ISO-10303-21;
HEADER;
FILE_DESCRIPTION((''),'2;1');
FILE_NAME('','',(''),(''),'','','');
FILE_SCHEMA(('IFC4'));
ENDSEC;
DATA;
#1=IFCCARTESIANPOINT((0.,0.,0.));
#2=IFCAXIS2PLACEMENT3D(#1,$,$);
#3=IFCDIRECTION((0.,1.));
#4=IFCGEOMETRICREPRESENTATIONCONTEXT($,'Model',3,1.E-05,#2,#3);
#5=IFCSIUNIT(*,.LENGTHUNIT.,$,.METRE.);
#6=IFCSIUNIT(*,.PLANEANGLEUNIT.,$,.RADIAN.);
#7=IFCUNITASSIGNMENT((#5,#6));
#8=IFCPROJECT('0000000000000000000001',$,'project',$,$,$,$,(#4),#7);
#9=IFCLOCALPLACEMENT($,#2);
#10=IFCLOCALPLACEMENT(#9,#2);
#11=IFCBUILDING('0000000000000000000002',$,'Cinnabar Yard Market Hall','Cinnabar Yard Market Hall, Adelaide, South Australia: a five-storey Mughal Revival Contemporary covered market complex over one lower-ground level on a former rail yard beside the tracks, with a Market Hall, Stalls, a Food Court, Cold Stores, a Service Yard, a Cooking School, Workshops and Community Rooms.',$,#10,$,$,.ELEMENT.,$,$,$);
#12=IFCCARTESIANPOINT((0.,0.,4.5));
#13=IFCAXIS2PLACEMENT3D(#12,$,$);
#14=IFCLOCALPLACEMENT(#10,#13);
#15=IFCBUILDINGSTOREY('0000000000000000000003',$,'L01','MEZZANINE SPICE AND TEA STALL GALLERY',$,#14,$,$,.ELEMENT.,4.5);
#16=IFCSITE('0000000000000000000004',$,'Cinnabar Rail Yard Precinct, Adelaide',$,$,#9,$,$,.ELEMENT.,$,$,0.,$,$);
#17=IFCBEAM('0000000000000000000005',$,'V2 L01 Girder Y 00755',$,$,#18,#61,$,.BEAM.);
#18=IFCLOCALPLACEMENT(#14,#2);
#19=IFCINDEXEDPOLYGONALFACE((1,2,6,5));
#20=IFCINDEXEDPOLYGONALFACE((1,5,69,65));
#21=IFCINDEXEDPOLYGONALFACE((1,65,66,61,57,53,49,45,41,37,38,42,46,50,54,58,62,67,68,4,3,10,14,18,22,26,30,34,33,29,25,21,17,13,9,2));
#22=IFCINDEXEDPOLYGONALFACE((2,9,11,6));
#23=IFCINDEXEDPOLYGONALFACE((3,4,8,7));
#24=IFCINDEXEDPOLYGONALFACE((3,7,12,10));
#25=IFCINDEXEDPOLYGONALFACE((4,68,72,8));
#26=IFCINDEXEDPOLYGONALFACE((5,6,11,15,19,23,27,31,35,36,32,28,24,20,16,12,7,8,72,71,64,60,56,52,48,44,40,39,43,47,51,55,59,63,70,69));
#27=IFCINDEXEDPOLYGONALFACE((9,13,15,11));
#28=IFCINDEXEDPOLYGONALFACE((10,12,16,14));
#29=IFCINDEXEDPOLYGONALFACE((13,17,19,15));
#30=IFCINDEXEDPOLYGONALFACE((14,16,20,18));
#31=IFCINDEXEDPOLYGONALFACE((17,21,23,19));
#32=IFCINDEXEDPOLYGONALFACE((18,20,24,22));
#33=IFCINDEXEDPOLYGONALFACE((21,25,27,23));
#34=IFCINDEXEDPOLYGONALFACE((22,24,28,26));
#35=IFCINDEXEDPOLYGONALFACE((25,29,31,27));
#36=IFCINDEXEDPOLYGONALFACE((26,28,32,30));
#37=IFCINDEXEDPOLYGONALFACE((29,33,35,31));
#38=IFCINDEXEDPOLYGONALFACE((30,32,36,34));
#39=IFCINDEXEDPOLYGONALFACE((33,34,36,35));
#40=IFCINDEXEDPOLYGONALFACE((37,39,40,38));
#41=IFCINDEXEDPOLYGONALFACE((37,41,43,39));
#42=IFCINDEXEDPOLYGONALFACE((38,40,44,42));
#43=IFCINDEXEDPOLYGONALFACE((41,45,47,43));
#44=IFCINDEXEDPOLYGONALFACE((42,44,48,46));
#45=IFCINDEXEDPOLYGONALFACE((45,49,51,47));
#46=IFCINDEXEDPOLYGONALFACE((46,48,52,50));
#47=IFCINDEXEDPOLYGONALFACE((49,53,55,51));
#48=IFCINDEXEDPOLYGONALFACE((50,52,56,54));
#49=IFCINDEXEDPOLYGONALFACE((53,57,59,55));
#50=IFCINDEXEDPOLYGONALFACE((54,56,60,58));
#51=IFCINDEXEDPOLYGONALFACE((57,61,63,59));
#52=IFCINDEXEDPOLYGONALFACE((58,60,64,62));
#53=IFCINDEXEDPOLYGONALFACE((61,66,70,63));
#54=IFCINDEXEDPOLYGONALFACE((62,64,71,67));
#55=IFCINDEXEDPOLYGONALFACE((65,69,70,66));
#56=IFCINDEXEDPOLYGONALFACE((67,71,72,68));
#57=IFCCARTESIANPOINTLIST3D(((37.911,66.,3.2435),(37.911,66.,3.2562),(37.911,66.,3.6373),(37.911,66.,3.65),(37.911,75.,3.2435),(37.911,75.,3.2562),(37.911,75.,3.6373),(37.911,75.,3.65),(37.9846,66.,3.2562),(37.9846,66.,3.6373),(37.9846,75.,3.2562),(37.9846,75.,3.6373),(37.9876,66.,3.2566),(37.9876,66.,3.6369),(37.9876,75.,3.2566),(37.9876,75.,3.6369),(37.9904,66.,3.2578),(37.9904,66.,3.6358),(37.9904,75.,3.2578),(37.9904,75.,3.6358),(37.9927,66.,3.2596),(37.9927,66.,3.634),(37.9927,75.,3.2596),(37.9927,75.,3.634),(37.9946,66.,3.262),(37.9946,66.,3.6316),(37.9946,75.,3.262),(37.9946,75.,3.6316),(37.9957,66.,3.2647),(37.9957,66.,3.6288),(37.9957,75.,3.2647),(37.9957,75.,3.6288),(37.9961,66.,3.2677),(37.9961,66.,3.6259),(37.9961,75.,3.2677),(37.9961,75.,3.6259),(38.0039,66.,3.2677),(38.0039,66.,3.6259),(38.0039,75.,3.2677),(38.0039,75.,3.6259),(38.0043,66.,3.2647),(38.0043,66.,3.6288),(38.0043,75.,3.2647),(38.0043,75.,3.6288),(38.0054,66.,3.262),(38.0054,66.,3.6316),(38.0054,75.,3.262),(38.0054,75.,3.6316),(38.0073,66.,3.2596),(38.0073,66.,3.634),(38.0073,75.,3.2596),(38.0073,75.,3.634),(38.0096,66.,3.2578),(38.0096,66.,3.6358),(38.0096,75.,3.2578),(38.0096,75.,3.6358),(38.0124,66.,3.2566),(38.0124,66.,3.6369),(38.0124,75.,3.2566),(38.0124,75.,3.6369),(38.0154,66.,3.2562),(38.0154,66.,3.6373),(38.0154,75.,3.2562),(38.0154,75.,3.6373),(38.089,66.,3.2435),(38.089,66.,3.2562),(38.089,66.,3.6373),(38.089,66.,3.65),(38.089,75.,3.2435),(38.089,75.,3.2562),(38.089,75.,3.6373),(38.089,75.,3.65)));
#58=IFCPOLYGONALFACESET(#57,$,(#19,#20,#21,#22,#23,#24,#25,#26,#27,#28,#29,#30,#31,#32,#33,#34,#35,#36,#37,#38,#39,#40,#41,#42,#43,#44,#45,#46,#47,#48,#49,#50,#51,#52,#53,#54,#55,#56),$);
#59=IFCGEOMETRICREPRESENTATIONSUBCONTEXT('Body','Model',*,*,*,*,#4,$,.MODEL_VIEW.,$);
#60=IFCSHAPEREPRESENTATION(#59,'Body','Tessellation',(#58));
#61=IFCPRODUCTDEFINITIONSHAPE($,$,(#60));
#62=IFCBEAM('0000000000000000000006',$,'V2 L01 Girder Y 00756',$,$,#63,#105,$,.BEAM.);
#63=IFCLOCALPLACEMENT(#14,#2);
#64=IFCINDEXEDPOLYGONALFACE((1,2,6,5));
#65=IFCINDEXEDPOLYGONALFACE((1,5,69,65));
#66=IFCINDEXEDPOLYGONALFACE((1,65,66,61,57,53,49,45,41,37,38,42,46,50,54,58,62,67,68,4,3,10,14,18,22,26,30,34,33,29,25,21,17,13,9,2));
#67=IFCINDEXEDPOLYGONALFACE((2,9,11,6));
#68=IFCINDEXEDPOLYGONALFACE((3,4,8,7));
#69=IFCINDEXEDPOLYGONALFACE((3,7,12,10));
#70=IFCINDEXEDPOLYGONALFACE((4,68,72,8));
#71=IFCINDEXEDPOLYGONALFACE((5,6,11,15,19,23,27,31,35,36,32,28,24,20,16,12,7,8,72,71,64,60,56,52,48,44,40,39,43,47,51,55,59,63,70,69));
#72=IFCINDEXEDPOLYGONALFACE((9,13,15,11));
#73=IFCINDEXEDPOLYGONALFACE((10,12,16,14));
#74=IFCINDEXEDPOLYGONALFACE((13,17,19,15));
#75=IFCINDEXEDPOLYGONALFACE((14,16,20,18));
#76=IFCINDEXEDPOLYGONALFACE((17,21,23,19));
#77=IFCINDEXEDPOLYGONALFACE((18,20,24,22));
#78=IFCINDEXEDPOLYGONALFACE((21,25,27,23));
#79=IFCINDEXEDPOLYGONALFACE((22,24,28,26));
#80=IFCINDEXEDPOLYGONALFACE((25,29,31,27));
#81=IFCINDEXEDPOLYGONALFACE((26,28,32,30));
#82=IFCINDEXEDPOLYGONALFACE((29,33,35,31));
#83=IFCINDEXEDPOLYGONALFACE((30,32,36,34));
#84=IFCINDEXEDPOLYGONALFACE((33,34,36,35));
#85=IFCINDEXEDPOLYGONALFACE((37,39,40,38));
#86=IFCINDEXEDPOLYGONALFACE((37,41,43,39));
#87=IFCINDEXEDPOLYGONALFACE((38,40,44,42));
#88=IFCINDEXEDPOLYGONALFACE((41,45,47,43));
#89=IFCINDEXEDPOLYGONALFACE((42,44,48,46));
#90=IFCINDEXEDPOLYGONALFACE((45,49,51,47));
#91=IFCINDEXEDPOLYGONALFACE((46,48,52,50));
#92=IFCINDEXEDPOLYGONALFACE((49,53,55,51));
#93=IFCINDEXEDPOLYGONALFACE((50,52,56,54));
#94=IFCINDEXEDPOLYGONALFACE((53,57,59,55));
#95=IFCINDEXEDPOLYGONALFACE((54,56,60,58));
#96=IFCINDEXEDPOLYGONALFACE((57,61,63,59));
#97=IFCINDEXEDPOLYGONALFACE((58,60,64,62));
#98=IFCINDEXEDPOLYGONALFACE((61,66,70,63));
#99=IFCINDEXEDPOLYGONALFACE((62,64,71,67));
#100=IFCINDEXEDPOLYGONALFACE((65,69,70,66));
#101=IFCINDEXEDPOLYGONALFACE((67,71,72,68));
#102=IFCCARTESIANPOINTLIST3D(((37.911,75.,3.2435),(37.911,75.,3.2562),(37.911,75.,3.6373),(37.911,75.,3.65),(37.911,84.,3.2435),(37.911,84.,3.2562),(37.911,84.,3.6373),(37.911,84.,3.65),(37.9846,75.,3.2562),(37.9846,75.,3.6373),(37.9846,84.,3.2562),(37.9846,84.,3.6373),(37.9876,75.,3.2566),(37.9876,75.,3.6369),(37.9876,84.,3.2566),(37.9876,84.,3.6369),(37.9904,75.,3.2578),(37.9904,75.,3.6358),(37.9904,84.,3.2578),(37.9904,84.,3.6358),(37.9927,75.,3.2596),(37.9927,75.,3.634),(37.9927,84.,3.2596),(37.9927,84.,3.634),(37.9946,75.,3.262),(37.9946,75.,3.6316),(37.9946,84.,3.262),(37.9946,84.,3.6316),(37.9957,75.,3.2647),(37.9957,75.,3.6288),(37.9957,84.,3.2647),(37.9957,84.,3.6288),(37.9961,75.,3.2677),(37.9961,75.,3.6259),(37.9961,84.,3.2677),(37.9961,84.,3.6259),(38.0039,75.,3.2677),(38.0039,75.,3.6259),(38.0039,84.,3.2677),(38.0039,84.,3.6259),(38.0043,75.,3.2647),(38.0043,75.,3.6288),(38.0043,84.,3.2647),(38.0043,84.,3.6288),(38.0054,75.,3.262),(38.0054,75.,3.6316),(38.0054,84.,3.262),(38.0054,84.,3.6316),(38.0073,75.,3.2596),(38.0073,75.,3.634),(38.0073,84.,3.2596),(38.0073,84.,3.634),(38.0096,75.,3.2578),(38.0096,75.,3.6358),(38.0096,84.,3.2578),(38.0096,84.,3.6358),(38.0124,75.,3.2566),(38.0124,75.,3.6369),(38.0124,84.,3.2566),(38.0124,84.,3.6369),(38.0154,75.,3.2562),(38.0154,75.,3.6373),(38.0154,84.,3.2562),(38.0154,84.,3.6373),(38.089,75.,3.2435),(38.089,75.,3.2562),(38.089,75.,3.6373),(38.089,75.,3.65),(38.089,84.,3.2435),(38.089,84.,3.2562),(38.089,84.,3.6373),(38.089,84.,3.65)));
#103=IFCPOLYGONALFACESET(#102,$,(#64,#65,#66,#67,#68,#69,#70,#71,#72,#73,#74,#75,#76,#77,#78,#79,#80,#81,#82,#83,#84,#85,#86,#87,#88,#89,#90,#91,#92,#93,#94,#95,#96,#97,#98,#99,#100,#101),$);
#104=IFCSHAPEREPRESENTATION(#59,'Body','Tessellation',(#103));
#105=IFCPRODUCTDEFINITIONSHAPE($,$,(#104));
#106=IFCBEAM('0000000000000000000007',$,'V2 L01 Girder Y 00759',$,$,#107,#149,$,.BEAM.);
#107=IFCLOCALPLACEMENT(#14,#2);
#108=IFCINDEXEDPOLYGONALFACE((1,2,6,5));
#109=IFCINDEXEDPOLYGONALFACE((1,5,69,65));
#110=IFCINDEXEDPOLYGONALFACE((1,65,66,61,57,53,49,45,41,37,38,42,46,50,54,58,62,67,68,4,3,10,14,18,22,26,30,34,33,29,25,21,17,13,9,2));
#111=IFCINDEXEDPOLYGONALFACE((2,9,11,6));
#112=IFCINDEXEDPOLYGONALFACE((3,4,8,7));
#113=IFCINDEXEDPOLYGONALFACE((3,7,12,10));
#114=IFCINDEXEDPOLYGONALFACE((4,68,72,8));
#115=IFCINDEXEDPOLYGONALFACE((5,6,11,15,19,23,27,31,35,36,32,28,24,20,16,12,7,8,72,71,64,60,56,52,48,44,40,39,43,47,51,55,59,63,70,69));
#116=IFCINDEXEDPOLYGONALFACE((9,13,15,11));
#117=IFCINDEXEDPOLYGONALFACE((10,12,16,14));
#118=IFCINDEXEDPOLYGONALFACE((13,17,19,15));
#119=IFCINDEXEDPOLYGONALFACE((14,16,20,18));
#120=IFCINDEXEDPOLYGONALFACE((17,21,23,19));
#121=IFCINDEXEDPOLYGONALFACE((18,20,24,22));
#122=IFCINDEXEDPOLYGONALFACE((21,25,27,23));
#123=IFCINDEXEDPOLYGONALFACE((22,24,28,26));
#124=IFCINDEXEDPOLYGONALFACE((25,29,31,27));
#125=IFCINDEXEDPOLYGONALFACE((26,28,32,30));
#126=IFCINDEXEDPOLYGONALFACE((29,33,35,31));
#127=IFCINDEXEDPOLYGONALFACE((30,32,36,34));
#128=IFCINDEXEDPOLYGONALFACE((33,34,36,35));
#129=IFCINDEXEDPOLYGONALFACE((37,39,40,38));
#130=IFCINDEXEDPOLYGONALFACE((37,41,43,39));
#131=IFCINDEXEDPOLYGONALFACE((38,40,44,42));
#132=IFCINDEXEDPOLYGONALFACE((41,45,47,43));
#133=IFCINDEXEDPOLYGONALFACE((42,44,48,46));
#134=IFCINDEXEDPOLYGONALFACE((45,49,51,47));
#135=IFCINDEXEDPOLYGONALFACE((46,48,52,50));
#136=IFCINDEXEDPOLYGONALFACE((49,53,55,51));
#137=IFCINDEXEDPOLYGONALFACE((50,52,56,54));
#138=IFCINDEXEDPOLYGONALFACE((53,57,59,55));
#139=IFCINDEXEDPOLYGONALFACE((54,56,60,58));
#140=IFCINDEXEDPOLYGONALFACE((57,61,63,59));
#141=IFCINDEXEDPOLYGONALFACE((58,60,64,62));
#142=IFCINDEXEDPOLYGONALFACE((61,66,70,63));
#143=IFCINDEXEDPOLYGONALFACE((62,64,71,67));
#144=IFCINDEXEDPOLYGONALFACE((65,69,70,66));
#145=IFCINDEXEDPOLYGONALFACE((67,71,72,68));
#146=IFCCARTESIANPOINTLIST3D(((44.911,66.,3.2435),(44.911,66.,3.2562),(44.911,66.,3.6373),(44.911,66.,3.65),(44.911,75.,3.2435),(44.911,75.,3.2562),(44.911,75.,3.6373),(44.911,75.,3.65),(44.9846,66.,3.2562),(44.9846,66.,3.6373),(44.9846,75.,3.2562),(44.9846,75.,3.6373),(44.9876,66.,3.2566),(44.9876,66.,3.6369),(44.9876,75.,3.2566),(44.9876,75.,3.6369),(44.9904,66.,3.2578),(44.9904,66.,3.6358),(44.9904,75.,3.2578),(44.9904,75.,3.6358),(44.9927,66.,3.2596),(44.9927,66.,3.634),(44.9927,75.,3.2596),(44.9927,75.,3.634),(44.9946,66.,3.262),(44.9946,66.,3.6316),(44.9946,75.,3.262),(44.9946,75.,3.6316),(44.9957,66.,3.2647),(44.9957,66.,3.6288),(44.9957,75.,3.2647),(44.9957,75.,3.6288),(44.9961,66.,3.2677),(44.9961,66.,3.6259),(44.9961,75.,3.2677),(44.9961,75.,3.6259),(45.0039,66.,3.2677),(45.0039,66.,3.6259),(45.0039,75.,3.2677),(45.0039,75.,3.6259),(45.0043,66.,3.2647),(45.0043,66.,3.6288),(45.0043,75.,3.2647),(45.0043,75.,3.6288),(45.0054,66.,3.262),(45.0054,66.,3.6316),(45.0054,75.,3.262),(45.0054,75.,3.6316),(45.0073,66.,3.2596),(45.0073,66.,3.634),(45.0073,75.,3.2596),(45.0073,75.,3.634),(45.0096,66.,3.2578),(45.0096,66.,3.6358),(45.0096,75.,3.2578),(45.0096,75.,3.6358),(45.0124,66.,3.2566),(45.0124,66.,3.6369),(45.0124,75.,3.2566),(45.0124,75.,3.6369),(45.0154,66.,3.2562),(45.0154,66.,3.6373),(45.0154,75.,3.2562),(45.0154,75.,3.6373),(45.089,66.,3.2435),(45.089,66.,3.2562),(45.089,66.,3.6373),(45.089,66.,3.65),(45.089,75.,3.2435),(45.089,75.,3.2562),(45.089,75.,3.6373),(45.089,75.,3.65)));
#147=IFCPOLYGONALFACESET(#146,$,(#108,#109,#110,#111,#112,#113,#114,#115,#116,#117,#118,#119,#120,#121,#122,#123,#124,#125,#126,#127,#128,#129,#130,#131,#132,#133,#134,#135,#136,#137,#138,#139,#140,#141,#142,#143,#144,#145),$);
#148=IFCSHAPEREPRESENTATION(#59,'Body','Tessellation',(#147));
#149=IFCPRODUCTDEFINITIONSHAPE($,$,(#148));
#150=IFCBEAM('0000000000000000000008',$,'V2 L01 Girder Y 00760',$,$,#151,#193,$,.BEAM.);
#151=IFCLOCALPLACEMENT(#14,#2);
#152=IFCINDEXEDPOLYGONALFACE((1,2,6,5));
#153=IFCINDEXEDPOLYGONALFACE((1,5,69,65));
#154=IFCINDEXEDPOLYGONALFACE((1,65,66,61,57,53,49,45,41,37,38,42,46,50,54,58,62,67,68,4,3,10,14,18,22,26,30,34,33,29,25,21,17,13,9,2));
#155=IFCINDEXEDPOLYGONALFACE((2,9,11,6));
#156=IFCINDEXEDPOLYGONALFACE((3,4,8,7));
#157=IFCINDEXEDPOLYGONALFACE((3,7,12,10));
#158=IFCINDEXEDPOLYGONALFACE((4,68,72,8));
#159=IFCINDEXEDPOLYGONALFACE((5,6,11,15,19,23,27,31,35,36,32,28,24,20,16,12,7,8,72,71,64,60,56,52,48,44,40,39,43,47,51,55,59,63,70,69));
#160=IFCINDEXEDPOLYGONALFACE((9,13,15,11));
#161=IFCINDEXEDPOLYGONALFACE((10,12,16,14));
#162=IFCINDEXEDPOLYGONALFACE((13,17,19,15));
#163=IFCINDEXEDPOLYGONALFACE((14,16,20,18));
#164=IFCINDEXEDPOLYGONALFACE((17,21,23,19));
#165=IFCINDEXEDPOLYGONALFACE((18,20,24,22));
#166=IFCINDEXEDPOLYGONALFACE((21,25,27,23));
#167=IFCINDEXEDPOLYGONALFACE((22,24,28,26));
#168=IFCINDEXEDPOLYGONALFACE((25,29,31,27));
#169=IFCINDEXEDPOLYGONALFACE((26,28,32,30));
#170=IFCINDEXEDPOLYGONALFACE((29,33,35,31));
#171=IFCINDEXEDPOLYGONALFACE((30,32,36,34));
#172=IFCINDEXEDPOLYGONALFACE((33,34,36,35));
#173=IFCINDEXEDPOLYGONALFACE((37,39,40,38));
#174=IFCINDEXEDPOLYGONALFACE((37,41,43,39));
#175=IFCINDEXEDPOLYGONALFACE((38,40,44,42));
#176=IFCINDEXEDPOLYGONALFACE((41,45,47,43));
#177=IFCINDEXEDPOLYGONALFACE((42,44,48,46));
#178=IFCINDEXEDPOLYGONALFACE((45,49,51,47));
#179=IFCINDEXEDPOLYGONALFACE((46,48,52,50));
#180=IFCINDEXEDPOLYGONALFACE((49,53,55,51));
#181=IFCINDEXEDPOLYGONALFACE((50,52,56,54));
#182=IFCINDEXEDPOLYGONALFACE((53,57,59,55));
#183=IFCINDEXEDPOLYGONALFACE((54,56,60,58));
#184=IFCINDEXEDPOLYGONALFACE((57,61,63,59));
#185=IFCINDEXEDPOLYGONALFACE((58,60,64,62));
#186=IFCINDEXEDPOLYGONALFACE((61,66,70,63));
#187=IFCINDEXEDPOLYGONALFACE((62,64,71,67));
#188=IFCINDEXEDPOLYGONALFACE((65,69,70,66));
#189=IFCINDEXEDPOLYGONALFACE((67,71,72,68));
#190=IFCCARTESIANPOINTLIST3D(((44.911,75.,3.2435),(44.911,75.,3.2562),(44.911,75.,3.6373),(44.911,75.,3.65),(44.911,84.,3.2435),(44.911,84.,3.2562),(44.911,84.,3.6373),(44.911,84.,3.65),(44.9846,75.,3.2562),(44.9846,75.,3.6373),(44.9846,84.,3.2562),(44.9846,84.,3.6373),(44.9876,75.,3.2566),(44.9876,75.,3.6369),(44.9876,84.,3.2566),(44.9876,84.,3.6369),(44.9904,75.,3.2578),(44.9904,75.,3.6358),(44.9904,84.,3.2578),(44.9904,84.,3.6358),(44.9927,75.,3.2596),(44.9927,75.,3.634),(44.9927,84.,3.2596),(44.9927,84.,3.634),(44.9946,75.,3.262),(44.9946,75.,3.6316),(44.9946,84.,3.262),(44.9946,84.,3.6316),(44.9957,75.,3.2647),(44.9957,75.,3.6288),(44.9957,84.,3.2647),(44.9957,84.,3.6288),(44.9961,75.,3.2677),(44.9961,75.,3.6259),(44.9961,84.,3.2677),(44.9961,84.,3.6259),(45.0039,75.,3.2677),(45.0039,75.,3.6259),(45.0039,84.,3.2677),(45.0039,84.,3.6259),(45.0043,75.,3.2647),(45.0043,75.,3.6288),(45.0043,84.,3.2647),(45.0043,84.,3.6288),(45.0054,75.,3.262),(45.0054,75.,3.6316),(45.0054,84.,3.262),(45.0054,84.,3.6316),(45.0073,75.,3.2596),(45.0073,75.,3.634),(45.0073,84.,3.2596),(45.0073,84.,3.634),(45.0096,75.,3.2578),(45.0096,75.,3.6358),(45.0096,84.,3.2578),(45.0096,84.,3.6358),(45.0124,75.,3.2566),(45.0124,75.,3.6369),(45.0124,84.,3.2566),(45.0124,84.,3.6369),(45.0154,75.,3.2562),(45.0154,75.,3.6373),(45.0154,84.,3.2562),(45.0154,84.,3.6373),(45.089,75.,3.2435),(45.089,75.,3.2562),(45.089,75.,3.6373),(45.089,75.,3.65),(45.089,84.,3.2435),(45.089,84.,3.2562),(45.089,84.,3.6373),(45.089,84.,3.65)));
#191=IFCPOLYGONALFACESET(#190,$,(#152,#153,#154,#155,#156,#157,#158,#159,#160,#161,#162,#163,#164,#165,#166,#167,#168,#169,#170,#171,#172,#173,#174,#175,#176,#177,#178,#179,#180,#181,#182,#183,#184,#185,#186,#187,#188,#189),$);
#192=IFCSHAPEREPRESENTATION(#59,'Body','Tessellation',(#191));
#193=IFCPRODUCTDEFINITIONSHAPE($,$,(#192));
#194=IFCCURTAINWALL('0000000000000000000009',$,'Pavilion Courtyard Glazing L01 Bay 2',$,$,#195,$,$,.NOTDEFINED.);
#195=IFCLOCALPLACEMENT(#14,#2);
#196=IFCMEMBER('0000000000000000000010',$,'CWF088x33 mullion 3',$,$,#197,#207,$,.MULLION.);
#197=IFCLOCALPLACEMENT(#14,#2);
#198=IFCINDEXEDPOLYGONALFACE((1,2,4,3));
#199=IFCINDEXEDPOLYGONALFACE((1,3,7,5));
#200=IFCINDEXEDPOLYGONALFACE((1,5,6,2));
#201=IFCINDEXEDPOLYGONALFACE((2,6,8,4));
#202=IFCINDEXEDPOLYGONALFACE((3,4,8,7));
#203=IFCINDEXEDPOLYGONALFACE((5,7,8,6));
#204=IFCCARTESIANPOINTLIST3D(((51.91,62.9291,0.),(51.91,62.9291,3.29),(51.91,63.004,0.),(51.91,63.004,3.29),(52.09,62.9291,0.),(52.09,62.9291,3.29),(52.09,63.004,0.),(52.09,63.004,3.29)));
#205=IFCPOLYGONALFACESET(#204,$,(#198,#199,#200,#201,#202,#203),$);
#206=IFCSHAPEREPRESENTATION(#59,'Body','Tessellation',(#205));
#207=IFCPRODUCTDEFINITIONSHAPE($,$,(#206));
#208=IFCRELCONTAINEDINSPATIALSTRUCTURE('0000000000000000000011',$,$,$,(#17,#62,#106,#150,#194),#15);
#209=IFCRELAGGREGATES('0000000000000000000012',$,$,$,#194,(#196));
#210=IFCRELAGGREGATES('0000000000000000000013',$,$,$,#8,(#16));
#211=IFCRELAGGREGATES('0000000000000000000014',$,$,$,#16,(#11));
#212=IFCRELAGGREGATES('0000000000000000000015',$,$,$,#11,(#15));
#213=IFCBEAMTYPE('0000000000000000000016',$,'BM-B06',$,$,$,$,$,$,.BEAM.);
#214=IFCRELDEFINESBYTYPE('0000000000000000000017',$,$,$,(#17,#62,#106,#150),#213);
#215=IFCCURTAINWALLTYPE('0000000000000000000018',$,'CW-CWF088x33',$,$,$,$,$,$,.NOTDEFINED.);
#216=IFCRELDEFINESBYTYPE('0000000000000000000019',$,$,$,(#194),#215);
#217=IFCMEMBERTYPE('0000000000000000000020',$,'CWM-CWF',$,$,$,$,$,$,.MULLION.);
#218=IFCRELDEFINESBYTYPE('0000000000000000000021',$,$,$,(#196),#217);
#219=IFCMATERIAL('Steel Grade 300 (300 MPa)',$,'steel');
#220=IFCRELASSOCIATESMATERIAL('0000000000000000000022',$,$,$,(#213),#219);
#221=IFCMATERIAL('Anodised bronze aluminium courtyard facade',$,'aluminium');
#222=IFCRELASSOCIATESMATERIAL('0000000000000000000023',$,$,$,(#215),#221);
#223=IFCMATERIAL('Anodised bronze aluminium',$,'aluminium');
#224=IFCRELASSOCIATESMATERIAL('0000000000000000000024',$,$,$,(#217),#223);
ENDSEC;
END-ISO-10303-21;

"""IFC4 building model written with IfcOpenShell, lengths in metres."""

from ifc_helpers import new_model, si_unit, direction, frame, origin, origin_2d_with_axis, place, context, subcontext, project, spatial, rectangle, i_section, extrude, material, material_profile, profile_set, type_object, element, aggregate, save


model = new_model("IFC4")

# Units and contexts
model_context = context("Model", 3, precision=1e-05, world=origin(), true_north=direction((0.0, 1.0)))
body_context = subcontext(model_context, "Body", "Model", "MODEL_VIEW")
ifc_project = project(units=[si_unit("LENGTHUNIT", "METRE"), si_unit("PLANEANGLEUNIT", "RADIAN")], contexts=[model_context])

# Site, building, storey
site_placement = place(None, origin())
site = spatial("IfcSite", under=ifc_project, at=site_placement, Name="Cinnabar Rail Yard Precinct, Adelaide", CompositionType="ELEMENT", RefElevation=0.0)
building_placement = place(site_placement, origin())
building = spatial("IfcBuilding", under=site, at=building_placement, Name="Cinnabar Yard Market Hall", Description="Cinnabar Yard Market Hall, Adelaide, South Australia: a five-storey Mughal Revival Contemporary covered market complex over one lower-ground level on a former rail yard beside the tracks, with a Market Hall, Stalls, a Food Court, Cold Stores, a Service Yard, a Cooking School, Workshops and Community Rooms.", CompositionType="ELEMENT")
storey_placement = place(building_placement, frame((0.0, 0.0, 4.5)))
storey = spatial("IfcBuildingStorey", under=building, at=storey_placement, Name="L01", Description="MEZZANINE SPICE AND TEA STALL GALLERY", CompositionType="ELEMENT", Elevation=4.5)

# Shared definitions
ifc_material_1 = material(Name="Steel Grade 300 (300 MPa)", Category="steel")

# Beams
ifc_material_profile_1 = material_profile(ifc_material_1, i_section(OverallWidth=0.178, OverallDepth=0.4065, WebThickness=0.0078, FlangeThickness=0.0127, FilletRadius=0.0115, at=origin_2d_with_axis()), Name="410UB59.7")
ifc_profile_set_1 = profile_set([ifc_material_profile_1], Name="Steel Grade 300 (300 MPa)")
beam_type_1 = type_object("IfcBeamType", Name="BM-B06", PredefinedType="BEAM", material=ifc_profile_set_1)
for number, where, z_axis, x_axis, name in (
    (1, (38.0, 66.0, 3.4468), (0.0, 1.0, 0.0), (-1.0, 0.0, 0.0), "V2 L01 Girder Y 00755"),
    (2, (38.0, 75.0, 3.4468), (0.0, 1.0, 0.0), (-1.0, 0.0, 0.0), "V2 L01 Girder Y 00756"),
    (3, (45.0, 66.0, 3.4468), (0.0, 1.0, 0.0), (-1.0, 0.0, 0.0), "V2 L01 Girder Y 00759"),
    (4, (45.0, 75.0, 3.4468), (0.0, 1.0, 0.0), (-1.0, 0.0, 0.0), "V2 L01 Girder Y 00760"),
):
    element("IfcBeam", number, at=place(storey_placement, frame(where, z_axis=z_axis, x_axis=x_axis)), inside=storey, type_object=beam_type_1, Name=name, PredefinedType="BEAM", context=body_context, shape_type="SweptSolid", body=[
        extrude(i_section(OverallWidth=0.178, OverallDepth=0.4065, WebThickness=0.0078, FlangeThickness=0.0127, FilletRadius=0.0115, at=origin_2d_with_axis()), origin(), (0.0, 0.0, 1.0), 9.0),
    ])

# Curtain wall, member
ifc_material_2 = material(Name="Anodised bronze aluminium courtyard facade", Category="aluminium")
curtain_wall_type = type_object("IfcCurtainWallType", Name="CW-CWF088x33", PredefinedType="NOTDEFINED", material=ifc_material_2)
curtain_wall_placement = place(storey_placement, origin())
curtain_wall = element("IfcCurtainWall", 5, at=curtain_wall_placement, inside=storey, type_object=curtain_wall_type, Name="Pavilion Courtyard Glazing L01 Bay 2", PredefinedType="NOTDEFINED")
ifc_material_3 = material(Name="Anodised bronze aluminium", Category="aluminium")
ifc_material_profile_2 = material_profile(ifc_material_3, rectangle(XDim=0.1799, YDim=0.075, at=origin_2d_with_axis()), Name="MUL-CWF")
ifc_profile_set_2 = profile_set([ifc_material_profile_2], Name="Anodised bronze aluminium")
member_type = type_object("IfcMemberType", Name="CWM-CWF", PredefinedType="MULLION", material=ifc_profile_set_2)
member_placement = place(storey_placement, frame((52.0, 62.9666, 0.0), z_axis=(0.0, 0.0, 1.0), x_axis=(-1.0, 0.0, 0.0)))
member = element("IfcMember", 6, at=member_placement, type_object=member_type, Name="CWF088x33 mullion 3", PredefinedType="MULLION", context=body_context, shape_type="SweptSolid", body=[
    extrude(rectangle(XDim=0.1799, YDim=0.075, at=origin_2d_with_axis()), origin(), (0.0, 0.0, 1.0), 3.29),
])
aggregate(curtain_wall, [member])

save(model, "model.ifc")
